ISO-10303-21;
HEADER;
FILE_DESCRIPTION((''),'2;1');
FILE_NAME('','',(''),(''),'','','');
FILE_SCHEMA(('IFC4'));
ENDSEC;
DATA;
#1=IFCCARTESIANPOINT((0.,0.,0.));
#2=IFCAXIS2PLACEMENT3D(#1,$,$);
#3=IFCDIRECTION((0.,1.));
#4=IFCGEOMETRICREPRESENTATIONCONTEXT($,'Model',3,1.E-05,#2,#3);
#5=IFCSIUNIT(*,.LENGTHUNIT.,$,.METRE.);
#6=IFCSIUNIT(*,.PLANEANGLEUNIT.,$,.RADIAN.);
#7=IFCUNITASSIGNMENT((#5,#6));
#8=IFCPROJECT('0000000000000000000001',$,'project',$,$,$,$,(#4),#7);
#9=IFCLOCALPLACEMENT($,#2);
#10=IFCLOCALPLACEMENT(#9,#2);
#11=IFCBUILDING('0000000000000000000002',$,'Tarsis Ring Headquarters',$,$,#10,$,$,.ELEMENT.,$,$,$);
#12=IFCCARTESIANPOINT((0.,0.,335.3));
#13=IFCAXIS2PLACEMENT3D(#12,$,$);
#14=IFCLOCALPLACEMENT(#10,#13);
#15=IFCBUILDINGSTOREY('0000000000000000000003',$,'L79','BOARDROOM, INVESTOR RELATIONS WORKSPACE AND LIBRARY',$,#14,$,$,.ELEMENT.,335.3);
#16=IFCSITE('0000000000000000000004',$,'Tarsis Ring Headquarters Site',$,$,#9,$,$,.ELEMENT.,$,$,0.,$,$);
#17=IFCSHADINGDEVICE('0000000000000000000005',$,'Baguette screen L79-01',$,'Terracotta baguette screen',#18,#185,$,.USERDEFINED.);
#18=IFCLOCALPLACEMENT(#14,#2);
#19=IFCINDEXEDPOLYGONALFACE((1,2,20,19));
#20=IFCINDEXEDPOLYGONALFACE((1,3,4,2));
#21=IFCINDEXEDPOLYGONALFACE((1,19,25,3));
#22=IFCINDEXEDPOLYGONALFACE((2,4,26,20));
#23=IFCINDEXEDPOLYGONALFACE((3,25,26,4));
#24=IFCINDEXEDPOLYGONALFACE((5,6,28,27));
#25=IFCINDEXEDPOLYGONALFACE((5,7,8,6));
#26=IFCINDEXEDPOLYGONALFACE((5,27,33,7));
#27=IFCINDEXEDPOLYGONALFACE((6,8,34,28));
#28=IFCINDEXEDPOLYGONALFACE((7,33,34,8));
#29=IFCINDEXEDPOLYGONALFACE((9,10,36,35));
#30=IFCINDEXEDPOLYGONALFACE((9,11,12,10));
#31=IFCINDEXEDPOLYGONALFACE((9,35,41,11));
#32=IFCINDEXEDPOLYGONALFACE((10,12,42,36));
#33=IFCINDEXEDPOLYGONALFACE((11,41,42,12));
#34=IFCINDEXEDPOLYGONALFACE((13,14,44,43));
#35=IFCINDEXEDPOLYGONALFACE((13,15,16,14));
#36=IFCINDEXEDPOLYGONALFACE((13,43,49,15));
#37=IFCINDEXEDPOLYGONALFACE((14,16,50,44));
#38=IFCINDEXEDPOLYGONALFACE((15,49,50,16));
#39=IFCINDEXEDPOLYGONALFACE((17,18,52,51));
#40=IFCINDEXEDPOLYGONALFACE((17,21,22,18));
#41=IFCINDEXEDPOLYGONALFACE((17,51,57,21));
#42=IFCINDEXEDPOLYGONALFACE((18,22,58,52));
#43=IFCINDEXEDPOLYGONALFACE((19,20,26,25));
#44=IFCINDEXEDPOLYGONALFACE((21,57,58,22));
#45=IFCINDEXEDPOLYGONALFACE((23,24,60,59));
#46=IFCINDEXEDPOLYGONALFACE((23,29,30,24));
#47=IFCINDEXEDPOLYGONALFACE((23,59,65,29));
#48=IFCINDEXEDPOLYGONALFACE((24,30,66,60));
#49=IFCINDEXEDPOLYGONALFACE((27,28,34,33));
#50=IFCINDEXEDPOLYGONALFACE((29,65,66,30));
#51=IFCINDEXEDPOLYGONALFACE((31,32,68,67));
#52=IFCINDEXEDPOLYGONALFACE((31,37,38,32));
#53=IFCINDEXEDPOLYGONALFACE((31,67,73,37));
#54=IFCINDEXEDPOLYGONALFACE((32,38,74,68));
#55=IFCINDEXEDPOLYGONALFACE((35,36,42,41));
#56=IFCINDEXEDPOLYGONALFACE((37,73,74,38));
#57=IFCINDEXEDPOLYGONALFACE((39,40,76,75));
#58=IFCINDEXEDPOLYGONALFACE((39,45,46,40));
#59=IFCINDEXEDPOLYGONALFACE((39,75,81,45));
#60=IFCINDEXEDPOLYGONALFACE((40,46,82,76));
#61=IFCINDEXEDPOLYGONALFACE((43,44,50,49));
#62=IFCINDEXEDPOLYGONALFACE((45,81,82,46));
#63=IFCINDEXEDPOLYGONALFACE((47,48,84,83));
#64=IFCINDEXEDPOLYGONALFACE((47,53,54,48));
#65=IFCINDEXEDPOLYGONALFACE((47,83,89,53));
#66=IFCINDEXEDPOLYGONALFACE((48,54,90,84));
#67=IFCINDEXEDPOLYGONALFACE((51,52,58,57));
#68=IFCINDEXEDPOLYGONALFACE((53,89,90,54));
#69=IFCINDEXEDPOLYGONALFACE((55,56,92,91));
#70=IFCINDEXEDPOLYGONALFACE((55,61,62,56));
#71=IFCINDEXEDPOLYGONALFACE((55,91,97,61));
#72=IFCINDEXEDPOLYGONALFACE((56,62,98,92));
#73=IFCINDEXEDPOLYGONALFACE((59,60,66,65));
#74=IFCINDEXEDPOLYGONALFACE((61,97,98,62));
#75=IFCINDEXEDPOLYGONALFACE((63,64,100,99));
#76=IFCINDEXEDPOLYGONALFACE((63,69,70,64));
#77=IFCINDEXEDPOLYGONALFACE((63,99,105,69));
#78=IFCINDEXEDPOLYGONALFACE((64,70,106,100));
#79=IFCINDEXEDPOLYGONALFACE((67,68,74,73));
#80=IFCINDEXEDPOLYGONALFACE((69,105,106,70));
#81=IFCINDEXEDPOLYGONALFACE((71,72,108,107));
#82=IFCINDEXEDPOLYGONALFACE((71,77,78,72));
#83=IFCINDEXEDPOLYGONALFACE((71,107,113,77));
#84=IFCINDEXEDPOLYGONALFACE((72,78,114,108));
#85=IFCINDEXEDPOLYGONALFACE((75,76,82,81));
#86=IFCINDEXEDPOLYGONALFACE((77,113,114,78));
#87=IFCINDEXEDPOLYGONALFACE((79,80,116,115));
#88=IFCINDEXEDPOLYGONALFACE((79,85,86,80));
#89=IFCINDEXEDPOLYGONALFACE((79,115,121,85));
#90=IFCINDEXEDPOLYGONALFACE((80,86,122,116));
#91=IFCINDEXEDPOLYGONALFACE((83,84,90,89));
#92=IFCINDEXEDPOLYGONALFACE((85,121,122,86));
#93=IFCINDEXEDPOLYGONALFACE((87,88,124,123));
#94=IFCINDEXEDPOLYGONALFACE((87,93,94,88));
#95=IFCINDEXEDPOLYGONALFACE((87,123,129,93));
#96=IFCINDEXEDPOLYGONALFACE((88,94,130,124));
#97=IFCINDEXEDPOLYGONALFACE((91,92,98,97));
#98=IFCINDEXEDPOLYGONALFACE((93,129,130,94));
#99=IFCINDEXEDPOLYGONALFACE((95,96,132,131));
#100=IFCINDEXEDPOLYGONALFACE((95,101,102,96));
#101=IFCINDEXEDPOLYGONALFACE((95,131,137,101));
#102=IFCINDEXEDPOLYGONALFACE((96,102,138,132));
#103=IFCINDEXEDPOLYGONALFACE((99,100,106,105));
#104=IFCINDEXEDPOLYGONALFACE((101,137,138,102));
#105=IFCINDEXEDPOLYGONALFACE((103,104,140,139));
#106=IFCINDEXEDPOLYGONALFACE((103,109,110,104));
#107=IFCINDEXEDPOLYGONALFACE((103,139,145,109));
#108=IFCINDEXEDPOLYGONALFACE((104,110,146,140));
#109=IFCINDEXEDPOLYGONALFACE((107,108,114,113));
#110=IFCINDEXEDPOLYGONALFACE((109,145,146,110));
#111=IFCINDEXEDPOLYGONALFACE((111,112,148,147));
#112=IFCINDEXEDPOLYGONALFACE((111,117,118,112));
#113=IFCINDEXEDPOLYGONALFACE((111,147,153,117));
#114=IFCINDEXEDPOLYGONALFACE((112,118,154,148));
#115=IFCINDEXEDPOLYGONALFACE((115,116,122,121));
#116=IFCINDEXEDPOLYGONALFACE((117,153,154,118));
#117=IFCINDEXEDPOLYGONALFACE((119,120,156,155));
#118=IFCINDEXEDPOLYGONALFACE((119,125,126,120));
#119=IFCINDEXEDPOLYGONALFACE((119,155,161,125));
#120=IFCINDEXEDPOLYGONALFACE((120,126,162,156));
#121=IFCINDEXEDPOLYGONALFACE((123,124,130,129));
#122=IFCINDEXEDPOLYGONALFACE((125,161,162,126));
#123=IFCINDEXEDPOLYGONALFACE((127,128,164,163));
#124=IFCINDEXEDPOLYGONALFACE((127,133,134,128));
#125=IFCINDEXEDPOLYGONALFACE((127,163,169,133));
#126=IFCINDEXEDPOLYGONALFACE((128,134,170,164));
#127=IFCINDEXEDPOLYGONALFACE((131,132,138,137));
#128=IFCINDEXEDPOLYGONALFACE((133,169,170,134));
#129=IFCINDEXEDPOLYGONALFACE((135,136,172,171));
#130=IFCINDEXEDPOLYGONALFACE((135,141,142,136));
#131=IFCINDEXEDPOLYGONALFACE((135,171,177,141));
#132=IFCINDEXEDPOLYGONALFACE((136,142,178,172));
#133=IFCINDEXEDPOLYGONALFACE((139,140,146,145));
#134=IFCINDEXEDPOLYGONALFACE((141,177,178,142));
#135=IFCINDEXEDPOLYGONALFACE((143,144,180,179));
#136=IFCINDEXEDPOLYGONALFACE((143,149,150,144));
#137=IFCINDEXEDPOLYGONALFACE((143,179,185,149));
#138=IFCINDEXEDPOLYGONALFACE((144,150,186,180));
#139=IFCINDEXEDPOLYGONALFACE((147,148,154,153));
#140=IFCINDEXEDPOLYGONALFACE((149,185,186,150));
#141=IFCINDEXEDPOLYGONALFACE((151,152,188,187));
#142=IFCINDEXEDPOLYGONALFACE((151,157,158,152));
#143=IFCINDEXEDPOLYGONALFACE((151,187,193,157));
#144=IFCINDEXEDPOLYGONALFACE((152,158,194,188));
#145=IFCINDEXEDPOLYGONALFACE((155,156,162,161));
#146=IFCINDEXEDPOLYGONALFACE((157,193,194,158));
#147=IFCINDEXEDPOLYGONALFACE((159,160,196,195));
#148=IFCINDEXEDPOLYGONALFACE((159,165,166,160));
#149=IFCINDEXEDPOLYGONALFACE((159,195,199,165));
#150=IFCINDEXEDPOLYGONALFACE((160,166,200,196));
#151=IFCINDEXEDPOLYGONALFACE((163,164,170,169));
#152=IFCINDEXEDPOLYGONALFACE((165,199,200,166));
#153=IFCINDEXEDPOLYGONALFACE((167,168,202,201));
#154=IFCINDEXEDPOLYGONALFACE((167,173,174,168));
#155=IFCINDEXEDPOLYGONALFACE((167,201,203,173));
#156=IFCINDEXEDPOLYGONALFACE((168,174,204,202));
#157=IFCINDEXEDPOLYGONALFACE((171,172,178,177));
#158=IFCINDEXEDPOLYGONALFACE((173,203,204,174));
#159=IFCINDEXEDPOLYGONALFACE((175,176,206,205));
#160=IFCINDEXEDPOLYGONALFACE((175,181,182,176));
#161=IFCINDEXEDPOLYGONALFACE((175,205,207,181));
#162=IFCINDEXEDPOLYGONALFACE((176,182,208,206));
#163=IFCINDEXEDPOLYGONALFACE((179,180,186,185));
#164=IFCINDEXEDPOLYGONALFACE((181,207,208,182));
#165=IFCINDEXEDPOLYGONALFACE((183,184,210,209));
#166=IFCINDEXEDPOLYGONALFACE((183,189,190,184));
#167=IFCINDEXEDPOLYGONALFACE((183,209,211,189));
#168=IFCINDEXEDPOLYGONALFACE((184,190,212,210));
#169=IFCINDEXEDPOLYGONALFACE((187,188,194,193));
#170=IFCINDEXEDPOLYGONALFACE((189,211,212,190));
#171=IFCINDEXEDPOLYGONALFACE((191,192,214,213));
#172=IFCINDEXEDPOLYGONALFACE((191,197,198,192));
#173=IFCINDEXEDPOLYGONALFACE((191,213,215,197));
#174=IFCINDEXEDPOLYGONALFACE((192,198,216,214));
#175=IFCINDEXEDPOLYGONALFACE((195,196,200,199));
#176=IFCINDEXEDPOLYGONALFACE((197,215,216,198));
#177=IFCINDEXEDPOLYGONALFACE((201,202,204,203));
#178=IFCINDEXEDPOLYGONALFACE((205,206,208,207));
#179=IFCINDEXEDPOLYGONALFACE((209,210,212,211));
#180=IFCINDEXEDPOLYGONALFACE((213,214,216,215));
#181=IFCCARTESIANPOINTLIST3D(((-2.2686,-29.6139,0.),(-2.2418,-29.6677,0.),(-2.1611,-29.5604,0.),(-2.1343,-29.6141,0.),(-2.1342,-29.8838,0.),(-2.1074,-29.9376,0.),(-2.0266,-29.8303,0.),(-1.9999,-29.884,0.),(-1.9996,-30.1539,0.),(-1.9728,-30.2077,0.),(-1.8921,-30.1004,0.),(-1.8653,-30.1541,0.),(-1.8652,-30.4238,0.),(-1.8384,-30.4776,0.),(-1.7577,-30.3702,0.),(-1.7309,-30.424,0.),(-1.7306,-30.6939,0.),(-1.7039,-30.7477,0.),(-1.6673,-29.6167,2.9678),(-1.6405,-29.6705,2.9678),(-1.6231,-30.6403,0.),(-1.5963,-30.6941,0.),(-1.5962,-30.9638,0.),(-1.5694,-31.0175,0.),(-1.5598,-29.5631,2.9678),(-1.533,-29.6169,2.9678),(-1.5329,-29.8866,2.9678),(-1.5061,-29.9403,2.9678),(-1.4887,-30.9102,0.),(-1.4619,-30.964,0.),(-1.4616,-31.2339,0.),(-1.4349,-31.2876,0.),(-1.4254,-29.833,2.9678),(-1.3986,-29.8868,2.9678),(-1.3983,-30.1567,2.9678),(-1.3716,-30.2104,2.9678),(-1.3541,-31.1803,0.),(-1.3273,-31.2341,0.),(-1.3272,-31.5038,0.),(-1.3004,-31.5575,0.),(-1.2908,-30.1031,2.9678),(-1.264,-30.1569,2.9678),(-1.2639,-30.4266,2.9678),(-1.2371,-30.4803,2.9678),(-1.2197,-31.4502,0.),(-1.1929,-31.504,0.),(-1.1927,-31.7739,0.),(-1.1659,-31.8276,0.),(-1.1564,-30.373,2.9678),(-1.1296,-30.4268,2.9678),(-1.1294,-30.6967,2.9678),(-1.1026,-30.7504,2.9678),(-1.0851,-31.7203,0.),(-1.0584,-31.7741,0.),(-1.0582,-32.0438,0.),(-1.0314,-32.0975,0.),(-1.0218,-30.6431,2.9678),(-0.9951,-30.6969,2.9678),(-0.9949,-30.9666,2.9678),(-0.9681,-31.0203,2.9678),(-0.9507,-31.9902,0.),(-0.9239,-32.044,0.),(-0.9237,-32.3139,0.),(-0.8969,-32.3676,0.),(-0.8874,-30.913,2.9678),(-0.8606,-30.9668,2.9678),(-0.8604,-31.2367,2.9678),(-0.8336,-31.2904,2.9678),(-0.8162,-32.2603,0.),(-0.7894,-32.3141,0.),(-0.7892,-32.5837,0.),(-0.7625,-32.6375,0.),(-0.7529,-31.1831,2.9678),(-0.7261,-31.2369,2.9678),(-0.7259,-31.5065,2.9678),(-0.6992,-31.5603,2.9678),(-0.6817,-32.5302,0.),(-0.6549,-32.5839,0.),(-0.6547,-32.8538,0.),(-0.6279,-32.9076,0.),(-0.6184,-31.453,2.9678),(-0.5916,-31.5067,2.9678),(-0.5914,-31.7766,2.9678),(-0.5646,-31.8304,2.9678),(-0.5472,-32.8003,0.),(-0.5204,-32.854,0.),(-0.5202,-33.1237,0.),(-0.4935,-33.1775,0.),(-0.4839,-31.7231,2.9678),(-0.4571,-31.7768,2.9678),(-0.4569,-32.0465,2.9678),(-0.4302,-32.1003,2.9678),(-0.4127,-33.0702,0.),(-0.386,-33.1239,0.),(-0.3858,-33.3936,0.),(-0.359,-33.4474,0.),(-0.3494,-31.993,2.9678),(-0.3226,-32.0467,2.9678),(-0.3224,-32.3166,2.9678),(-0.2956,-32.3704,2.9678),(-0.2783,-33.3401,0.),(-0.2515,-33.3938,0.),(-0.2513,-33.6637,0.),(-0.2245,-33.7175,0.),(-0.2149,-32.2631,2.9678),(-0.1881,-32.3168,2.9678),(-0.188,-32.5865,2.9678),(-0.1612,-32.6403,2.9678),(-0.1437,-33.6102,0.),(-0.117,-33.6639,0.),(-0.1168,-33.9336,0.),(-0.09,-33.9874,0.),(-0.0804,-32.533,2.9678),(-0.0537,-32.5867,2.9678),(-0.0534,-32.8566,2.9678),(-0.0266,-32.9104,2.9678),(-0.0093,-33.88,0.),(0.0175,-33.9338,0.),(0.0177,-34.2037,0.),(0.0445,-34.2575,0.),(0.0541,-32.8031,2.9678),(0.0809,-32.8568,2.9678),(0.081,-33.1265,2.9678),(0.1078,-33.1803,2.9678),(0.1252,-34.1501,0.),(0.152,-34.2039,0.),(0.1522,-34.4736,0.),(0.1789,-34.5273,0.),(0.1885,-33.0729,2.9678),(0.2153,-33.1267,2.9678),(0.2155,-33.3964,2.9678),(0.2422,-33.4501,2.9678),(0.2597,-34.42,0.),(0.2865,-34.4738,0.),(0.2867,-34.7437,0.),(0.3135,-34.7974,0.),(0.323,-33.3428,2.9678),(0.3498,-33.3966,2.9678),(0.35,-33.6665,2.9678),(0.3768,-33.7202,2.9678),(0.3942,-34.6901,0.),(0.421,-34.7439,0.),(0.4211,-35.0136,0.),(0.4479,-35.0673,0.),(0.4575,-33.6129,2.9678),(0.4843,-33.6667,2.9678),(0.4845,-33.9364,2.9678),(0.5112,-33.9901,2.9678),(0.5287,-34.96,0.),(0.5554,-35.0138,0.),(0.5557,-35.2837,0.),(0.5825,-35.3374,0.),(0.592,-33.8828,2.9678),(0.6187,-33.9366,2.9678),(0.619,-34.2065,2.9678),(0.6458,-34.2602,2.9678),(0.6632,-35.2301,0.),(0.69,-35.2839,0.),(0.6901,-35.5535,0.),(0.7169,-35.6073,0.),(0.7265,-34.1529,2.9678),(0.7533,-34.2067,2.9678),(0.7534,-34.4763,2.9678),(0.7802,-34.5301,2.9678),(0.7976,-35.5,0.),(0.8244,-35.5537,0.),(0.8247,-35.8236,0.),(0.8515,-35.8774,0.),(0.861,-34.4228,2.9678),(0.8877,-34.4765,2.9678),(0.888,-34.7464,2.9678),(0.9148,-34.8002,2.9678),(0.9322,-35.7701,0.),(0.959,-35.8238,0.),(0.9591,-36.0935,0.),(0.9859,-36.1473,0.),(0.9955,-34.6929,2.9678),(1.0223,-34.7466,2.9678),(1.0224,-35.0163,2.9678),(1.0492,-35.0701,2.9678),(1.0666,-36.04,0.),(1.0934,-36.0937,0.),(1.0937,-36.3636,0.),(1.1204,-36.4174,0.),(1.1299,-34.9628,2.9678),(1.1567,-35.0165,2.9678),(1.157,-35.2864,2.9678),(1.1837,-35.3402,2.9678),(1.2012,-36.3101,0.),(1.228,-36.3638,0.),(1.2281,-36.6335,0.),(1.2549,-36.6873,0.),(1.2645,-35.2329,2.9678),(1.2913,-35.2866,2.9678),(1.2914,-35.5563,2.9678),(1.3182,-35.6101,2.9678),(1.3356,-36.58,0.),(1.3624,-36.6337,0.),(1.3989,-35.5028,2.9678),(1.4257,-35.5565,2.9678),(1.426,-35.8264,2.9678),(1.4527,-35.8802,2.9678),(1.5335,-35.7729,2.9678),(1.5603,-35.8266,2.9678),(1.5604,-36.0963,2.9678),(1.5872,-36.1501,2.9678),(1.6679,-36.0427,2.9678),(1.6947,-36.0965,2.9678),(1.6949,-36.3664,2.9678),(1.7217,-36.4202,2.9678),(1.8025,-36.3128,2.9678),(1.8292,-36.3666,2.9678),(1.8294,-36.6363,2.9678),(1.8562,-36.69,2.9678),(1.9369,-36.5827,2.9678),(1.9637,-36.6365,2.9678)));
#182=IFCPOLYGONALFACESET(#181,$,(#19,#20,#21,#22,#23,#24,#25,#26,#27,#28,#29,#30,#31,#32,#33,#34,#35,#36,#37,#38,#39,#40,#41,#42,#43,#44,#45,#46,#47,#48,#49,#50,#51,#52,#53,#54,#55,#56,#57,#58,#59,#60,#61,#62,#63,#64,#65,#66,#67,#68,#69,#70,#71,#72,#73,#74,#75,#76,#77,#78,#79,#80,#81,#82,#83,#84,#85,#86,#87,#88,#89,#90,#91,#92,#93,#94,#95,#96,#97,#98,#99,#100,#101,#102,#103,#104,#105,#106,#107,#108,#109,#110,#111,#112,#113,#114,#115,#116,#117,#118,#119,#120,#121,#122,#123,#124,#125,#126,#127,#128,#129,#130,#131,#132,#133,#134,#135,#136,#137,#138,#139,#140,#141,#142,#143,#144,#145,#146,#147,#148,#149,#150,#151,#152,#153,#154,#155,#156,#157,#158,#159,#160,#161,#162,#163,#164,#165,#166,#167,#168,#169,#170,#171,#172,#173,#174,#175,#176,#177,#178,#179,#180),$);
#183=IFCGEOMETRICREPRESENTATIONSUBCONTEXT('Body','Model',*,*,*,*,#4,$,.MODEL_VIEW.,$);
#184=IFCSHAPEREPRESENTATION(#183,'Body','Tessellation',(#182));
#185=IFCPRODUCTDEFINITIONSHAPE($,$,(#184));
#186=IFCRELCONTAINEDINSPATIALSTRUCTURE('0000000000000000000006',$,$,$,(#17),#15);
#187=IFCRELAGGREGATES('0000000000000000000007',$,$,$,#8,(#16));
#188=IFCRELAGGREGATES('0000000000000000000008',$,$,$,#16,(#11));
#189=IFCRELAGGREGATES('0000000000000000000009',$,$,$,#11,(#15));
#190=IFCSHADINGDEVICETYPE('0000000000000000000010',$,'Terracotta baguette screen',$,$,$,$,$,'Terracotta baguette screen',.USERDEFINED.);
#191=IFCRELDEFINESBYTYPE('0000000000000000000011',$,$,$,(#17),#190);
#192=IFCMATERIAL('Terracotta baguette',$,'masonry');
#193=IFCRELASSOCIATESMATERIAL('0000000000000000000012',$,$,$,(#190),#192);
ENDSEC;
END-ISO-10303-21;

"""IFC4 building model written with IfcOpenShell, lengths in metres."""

from ifc_helpers import new_model, si_unit, direction, frame, frame_2d, origin, place, context, subcontext, project, spatial, rectangle, composite_profile, extrude, material, type_object, element, save


model = new_model("IFC4")

# Units and contexts
model_context = context("Model", 3, precision=1e-05, world=origin(), true_north=direction((0.0, 1.0)))
body_context = subcontext(model_context, "Body", "Model", "MODEL_VIEW")
ifc_project = project(units=[si_unit("LENGTHUNIT", "METRE"), si_unit("PLANEANGLEUNIT", "RADIAN")], contexts=[model_context])

# Site, building, storey
site_placement = place(None, origin())
site = spatial("IfcSite", under=ifc_project, at=site_placement, Name="Tarsis Ring Headquarters Site", CompositionType="ELEMENT", RefElevation=0.0)
building_placement = place(site_placement, origin())
building = spatial("IfcBuilding", under=site, at=building_placement, Name="Tarsis Ring Headquarters", CompositionType="ELEMENT")
storey_placement = place(building_placement, frame((0.0, 0.0, 335.3)))
storey = spatial("IfcBuildingStorey", under=building, at=storey_placement, Name="L79", Description="BOARDROOM, INVESTOR RELATIONS WORKSPACE AND LIBRARY", CompositionType="ELEMENT", Elevation=335.3)

# Shading device
ifc_material_1 = material(Name="Terracotta baguette", Category="masonry")
shading_device_type = type_object("IfcShadingDeviceType", Name="Terracotta baguette screen", ElementType="Terracotta baguette screen", PredefinedType="USERDEFINED", material=ifc_material_1)
shading_device_1_placement = place(storey_placement, frame((-2.2148, -29.5872, 0.0), z_axis=(0.0, 0.0, 1.0), x_axis=(0.445872, -0.895082, 0.0)))
element("IfcShadingDevice", 1, at=shading_device_1_placement, inside=storey, type_object=shading_device_type, Name="Baguette screen L79-01", ObjectType="Terracotta baguette screen", PredefinedType="USERDEFINED", context=body_context, shape_type="SweptSolid", body=[
    extrude(composite_profile([rectangle(XDim=0.0601, YDim=0.1201, at=frame_2d((0.03, 0.0))), rectangle(XDim=0.0601, YDim=0.1201, at=frame_2d((0.3315, 0.0))), rectangle(XDim=0.0601, YDim=0.1201, at=frame_2d((0.6333, 0.0))), rectangle(XDim=0.0601, YDim=0.1201, at=frame_2d((0.9348, 0.0))), rectangle(XDim=0.0601, YDim=0.1201, at=frame_2d((1.2366, 0.0))), rectangle(XDim=0.0601, YDim=0.1201, at=frame_2d((1.5381, 0.0))), rectangle(XDim=0.0601, YDim=0.1201, at=frame_2d((1.8398, 0.0))), rectangle(XDim=0.0601, YDim=0.1201, at=frame_2d((2.1414, 0.0))), rectangle(XDim=0.0601, YDim=0.1201, at=frame_2d((2.4431, 0.0))), rectangle(XDim=0.0601, YDim=0.1201, at=frame_2d((2.7446, 0.0))), rectangle(XDim=0.0601, YDim=0.1201, at=frame_2d((3.0464, 0.0))), rectangle(XDim=0.0601, YDim=0.1201, at=frame_2d((3.3479, 0.0))), rectangle(XDim=0.0601, YDim=0.1201, at=frame_2d((3.6497, 0.0))), rectangle(XDim=0.0601, YDim=0.1201, at=frame_2d((3.9512, 0.0))), rectangle(XDim=0.0601, YDim=0.1201, at=frame_2d((4.2527, 0.0))), rectangle(XDim=0.0601, YDim=0.1201, at=frame_2d((4.5544, 0.0))), rectangle(XDim=0.0601, YDim=0.1201, at=frame_2d((4.856, 0.0))), rectangle(XDim=0.0601, YDim=0.1201, at=frame_2d((5.1577, 0.0))), rectangle(XDim=0.0601, YDim=0.1201, at=frame_2d((5.4592, 0.0))), rectangle(XDim=0.0601, YDim=0.1201, at=frame_2d((5.761, 0.0))), rectangle(XDim=0.0601, YDim=0.1201, at=frame_2d((6.0625, 0.0))), rectangle(XDim=0.0601, YDim=0.1201, at=frame_2d((6.3643, 0.0))), rectangle(XDim=0.0601, YDim=0.1201, at=frame_2d((6.6658, 0.0))), rectangle(XDim=0.0601, YDim=0.1201, at=frame_2d((6.9675, 0.0))), rectangle(XDim=0.0601, YDim=0.1201, at=frame_2d((7.269, 0.0))), rectangle(XDim=0.0601, YDim=0.1201, at=frame_2d((7.5708, 0.0))), rectangle(XDim=0.0601, YDim=0.1201, at=frame_2d((7.8723, 0.0)))]), origin(), (0.089355, 0.177329, 0.980087), 3.0281),
])

save(model, "model.ifc")
